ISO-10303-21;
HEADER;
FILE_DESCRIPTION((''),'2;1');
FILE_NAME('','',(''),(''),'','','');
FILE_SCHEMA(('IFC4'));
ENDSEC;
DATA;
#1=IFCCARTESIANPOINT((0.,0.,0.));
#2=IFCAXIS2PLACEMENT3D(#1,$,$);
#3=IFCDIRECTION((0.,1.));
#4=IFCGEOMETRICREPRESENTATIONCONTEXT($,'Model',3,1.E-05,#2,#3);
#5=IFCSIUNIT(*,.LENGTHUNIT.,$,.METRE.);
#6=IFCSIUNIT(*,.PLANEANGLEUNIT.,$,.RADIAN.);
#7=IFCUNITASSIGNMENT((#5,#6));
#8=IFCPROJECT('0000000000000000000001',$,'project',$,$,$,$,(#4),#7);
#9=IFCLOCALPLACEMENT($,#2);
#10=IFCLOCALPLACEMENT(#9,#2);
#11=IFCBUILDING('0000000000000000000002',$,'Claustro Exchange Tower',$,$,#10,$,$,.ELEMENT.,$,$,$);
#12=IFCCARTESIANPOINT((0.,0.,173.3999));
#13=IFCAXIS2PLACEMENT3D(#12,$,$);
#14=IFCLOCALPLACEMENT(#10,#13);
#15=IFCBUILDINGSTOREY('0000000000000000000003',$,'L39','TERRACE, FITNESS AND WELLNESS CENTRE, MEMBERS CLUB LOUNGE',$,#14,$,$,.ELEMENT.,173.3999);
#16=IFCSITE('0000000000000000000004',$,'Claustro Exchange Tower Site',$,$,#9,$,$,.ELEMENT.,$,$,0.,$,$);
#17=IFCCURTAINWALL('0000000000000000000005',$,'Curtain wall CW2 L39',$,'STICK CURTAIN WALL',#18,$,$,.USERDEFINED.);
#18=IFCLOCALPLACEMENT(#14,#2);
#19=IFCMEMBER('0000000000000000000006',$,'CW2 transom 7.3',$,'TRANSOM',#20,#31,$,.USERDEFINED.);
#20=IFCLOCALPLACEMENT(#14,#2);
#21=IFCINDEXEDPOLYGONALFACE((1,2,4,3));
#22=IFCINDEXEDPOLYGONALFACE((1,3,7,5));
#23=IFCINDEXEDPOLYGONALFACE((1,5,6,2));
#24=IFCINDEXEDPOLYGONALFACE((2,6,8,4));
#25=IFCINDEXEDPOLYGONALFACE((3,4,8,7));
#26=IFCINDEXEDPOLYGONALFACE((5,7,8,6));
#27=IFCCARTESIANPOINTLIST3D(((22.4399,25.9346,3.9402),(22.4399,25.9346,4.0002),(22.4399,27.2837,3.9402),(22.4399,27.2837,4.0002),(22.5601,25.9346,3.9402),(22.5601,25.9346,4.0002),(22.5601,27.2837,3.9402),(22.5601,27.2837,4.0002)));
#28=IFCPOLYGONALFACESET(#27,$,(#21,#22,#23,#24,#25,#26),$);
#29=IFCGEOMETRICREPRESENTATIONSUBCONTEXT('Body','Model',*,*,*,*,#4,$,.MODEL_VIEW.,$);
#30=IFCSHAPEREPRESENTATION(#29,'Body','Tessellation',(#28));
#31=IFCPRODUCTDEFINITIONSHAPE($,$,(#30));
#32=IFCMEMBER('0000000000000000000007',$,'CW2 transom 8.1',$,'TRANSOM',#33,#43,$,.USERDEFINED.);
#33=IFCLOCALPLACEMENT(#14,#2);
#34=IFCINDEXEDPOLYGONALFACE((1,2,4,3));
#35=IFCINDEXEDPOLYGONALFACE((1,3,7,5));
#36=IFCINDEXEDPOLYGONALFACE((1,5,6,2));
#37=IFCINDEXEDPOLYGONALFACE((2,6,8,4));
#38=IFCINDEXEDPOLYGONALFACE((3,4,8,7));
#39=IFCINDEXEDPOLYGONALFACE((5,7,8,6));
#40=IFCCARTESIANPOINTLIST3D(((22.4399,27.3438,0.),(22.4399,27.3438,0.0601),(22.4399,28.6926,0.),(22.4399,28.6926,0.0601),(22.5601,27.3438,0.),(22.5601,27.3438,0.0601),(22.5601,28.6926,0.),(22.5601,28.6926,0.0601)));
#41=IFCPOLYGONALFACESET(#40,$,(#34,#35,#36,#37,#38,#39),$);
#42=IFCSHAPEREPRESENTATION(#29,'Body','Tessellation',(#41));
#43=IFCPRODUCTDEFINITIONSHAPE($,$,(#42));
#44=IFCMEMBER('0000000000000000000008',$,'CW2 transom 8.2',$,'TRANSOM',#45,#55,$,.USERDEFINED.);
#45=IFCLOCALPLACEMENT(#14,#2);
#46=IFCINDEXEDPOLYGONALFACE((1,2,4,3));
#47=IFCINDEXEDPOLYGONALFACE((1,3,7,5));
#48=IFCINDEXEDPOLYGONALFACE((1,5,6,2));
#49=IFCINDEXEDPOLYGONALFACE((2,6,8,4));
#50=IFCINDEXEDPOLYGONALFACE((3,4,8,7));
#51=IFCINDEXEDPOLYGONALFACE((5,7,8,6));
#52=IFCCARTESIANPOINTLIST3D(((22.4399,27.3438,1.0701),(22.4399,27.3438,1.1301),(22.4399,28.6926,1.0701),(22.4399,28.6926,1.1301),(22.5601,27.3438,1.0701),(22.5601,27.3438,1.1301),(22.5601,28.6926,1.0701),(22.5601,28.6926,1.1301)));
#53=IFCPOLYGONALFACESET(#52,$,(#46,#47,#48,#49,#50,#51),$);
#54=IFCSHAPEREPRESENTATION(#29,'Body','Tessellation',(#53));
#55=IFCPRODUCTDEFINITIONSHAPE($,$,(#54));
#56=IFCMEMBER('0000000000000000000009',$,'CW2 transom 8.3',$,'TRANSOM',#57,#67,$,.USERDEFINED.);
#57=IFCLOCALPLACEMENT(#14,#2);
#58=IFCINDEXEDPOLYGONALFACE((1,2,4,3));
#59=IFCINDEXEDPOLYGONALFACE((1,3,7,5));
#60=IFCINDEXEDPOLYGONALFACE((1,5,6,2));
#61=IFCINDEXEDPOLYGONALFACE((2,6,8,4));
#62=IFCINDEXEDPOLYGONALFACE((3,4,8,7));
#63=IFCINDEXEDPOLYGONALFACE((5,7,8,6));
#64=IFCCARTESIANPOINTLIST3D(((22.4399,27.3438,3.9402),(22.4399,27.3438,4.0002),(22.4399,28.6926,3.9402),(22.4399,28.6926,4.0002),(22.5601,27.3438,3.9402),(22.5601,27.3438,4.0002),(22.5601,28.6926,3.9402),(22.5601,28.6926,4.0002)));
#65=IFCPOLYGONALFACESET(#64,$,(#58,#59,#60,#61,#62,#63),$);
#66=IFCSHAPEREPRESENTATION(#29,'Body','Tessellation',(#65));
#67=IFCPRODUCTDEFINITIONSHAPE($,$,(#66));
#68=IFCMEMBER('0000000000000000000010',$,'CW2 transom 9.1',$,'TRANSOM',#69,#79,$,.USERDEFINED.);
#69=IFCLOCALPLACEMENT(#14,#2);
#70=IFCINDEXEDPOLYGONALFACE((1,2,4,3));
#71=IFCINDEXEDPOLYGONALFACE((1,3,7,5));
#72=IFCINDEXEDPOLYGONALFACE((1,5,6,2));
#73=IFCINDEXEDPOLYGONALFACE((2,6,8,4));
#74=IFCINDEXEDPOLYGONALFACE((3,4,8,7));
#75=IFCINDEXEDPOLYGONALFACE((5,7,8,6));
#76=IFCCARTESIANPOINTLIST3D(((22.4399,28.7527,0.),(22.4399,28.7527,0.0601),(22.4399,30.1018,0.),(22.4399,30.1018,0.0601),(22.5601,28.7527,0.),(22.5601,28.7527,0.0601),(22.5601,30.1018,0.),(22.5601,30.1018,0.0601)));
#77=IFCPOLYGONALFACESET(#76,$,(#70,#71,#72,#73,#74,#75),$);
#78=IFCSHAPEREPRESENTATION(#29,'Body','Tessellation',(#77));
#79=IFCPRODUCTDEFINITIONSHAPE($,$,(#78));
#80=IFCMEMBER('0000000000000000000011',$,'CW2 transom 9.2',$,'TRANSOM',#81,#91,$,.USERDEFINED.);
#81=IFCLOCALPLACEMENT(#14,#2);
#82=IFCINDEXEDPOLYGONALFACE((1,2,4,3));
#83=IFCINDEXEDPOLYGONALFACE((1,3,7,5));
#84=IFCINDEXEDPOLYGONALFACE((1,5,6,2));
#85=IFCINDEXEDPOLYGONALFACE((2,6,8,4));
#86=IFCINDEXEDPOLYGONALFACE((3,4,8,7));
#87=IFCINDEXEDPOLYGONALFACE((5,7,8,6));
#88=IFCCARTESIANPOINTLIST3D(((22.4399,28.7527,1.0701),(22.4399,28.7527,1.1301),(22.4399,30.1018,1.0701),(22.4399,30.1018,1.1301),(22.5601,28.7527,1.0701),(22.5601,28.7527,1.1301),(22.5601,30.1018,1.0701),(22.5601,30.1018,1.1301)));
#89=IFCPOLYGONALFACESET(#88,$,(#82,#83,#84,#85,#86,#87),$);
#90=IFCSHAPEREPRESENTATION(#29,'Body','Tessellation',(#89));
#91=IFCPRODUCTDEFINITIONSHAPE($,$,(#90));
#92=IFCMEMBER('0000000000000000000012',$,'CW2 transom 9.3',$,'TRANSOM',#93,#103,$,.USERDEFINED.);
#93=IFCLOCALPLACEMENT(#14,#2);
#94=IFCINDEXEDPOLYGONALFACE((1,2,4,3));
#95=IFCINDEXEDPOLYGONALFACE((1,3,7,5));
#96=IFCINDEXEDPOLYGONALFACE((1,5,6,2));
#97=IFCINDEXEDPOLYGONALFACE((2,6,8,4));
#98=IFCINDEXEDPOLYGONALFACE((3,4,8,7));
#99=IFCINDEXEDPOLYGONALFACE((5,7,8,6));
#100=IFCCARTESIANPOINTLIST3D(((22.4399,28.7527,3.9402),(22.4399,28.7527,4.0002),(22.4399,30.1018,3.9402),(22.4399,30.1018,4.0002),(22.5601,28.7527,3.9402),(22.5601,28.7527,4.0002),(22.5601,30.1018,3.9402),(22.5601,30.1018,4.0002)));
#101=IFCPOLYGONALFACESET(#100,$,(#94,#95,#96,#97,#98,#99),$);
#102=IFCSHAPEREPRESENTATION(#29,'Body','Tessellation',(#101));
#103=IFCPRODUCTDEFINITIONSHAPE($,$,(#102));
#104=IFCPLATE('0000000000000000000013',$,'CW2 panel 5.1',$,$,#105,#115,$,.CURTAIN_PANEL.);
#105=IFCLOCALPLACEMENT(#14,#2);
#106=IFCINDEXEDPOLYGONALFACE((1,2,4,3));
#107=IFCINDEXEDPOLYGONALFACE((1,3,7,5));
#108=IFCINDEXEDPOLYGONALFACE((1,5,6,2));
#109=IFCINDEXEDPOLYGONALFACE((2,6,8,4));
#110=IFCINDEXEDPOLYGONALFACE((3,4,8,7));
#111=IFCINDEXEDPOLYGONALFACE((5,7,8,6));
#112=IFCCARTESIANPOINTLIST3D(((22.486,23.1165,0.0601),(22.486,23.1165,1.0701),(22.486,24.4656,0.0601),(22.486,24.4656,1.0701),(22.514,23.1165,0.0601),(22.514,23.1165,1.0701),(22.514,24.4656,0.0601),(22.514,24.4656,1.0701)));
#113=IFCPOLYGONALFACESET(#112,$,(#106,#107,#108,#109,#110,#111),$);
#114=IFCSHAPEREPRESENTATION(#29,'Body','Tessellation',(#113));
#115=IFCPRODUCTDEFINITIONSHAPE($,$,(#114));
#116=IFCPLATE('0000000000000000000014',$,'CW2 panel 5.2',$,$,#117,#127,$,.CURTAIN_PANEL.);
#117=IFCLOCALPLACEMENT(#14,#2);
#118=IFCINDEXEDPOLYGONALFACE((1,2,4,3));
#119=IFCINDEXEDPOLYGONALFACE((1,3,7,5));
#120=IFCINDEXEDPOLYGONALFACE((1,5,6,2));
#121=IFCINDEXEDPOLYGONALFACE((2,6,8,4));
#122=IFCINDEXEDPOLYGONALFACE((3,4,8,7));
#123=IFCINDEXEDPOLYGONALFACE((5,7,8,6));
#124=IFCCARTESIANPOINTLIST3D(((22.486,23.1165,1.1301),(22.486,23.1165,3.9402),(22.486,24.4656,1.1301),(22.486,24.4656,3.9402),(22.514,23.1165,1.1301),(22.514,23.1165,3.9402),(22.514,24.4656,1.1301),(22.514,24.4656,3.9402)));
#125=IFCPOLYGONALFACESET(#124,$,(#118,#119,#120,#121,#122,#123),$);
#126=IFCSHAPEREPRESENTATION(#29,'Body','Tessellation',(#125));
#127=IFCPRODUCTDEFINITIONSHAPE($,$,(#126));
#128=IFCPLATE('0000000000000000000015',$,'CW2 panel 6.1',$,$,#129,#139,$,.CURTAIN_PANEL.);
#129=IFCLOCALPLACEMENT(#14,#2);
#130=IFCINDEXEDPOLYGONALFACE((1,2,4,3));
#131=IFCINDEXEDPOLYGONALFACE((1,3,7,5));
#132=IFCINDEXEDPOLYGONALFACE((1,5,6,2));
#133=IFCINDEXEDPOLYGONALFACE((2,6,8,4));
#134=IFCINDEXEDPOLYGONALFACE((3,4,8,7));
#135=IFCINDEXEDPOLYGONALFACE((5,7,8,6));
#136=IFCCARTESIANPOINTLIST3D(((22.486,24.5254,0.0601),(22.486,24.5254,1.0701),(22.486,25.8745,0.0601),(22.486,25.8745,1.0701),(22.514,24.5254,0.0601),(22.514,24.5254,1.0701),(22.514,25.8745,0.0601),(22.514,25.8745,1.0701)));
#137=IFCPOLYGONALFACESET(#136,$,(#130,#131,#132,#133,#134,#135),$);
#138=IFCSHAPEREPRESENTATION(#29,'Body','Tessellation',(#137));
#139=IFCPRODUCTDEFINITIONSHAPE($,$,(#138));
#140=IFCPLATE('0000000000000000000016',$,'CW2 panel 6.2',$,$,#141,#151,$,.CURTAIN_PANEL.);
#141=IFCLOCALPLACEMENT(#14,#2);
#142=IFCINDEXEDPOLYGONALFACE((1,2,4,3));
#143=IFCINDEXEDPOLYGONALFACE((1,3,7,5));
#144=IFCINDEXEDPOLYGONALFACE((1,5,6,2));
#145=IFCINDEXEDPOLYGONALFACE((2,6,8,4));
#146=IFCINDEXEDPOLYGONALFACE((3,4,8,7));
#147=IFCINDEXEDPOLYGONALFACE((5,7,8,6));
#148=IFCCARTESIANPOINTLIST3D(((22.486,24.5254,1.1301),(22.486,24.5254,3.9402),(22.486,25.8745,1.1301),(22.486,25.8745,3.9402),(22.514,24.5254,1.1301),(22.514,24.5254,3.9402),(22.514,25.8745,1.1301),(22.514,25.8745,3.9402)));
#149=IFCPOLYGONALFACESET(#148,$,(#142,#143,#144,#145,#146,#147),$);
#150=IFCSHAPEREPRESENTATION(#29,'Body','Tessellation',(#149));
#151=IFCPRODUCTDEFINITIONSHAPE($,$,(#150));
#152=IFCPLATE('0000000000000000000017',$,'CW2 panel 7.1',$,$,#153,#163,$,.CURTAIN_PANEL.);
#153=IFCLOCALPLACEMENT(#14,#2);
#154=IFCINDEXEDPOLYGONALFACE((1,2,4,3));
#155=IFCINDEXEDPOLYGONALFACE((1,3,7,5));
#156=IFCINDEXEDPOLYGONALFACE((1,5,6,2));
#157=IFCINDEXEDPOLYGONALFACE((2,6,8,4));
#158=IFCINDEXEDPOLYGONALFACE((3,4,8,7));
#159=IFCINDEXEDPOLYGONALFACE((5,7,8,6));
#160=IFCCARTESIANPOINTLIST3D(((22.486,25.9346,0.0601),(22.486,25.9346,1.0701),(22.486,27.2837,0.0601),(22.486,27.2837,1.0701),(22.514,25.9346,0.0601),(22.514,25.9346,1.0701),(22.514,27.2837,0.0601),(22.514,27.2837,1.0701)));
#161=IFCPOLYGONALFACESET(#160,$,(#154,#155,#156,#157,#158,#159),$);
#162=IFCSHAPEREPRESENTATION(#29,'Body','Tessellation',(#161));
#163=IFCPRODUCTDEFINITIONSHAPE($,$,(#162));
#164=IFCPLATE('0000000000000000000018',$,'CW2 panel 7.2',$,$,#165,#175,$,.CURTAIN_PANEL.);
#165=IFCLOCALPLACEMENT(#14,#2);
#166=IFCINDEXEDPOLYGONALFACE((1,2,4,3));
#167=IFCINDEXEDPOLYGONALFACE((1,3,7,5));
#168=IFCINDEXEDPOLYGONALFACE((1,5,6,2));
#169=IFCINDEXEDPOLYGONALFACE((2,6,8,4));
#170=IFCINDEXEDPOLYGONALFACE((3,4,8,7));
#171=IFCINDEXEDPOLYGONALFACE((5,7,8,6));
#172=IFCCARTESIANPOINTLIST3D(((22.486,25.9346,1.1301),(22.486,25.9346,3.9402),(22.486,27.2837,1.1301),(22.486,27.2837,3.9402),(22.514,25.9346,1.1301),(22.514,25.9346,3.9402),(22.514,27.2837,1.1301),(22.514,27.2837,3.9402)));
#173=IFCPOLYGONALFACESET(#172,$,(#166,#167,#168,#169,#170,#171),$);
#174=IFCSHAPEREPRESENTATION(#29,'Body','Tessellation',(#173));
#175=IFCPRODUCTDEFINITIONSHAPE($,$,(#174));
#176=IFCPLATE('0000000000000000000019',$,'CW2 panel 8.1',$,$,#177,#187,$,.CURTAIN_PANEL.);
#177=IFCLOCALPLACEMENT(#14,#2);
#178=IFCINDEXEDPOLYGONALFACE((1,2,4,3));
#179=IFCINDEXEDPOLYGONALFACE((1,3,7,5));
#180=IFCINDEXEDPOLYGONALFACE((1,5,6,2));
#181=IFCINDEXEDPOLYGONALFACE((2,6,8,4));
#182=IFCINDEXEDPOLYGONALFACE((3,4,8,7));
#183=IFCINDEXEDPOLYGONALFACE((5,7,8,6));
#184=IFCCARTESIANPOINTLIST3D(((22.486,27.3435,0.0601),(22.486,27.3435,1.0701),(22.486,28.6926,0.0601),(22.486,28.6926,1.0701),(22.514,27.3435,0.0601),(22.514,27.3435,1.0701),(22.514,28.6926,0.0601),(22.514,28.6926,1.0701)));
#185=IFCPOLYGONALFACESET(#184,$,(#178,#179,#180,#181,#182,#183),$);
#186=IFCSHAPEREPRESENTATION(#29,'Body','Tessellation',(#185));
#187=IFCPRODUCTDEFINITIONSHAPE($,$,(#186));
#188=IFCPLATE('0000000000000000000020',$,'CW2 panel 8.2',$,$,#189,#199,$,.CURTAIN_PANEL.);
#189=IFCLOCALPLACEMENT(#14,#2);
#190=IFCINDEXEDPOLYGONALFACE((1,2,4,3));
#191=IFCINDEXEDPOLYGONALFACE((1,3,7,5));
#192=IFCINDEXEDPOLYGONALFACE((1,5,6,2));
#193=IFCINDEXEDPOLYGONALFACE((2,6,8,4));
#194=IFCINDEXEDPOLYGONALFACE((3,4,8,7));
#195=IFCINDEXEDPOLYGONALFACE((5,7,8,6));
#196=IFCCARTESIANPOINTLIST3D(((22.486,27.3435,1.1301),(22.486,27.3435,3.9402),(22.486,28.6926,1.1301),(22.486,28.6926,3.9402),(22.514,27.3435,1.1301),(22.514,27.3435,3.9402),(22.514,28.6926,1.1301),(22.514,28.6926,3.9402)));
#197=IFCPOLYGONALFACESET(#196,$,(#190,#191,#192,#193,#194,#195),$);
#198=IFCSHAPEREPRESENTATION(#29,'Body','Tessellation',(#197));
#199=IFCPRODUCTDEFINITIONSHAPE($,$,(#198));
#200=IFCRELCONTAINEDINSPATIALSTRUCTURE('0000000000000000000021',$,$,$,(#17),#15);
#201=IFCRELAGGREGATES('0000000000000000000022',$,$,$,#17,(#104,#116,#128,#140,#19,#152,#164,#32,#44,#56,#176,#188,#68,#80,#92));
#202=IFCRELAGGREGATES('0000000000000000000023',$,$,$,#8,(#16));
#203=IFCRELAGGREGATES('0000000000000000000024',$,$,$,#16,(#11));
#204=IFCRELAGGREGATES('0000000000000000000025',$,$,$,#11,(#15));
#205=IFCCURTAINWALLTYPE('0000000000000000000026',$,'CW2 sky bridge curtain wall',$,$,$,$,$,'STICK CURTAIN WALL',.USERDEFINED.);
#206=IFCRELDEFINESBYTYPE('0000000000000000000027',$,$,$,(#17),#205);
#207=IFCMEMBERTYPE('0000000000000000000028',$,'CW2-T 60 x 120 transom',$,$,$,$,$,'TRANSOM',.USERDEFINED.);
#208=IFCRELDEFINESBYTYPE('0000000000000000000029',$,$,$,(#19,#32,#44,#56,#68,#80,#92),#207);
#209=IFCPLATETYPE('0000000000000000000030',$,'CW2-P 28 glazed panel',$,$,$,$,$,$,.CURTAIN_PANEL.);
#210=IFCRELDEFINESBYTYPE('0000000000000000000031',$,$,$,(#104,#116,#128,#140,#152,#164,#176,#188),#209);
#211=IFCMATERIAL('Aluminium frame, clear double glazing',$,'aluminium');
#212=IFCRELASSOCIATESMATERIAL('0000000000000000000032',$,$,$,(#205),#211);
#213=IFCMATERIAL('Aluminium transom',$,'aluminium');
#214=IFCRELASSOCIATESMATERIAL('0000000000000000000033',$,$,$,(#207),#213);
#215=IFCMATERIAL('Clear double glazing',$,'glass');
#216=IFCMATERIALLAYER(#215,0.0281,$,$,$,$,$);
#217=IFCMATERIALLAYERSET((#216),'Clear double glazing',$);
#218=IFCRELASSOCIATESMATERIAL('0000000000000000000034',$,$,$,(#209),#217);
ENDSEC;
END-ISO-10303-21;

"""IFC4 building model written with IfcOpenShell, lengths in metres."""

from ifc_helpers import new_model, si_unit, direction, frame, origin, origin_2d, place, context, subcontext, project, spatial, rectangle, extrude, material, layer, layer_set, material_profile, profile_set, type_object, element, aggregate, save


model = new_model("IFC4")

# Units and contexts
model_context = context("Model", 3, precision=1e-05, world=origin(), true_north=direction((0.0, 1.0)))
body_context = subcontext(model_context, "Body", "Model", "MODEL_VIEW")
ifc_project = project(units=[si_unit("LENGTHUNIT", "METRE"), si_unit("PLANEANGLEUNIT", "RADIAN")], contexts=[model_context])

# Site, building, storey
site_placement = place(None, origin())
site = spatial("IfcSite", under=ifc_project, at=site_placement, Name="Claustro Exchange Tower Site", CompositionType="ELEMENT", RefElevation=0.0)
building_placement = place(site_placement, origin())
building = spatial("IfcBuilding", under=site, at=building_placement, Name="Claustro Exchange Tower", CompositionType="ELEMENT")
storey_placement = place(building_placement, frame((0.0, 0.0, 173.3999)))
storey = spatial("IfcBuildingStorey", under=building, at=storey_placement, Name="L39", Description="TERRACE, FITNESS AND WELLNESS CENTRE, MEMBERS CLUB LOUNGE", CompositionType="ELEMENT", Elevation=173.3999)

# Curtain wall, members, plates
ifc_material_1 = material(Name="Aluminium frame, clear double glazing", Category="aluminium")
curtain_wall_type = type_object("IfcCurtainWallType", Name="CW2 sky bridge curtain wall", ElementType="STICK CURTAIN WALL", PredefinedType="USERDEFINED", material=ifc_material_1)
curtain_wall_placement = place(storey_placement, origin())
curtain_wall = element("IfcCurtainWall", 1, at=curtain_wall_placement, inside=storey, type_object=curtain_wall_type, Name="Curtain wall CW2 L39", ObjectType="STICK CURTAIN WALL", PredefinedType="USERDEFINED")
ifc_material_2 = material(Name="Aluminium transom", Category="aluminium")
ifc_material_profile_1 = material_profile(ifc_material_2, rectangle(XDim=0.1201, YDim=0.0601, at=origin_2d()), Name="CW2-T 60x120")
ifc_profile_set_1 = profile_set([ifc_material_profile_1], Name="Aluminium transom")
member_type_1 = type_object("IfcMemberType", Name="CW2-T 60 x 120 transom", ElementType="TRANSOM", PredefinedType="USERDEFINED", material=ifc_profile_set_1)
member_1_placement = place(storey_placement, frame((22.5, 25.9346, 3.9702), z_axis=(0.0, 1.0, 0.0), x_axis=(-1.0, 0.0, 0.0)))
member_1 = element("IfcMember", 2, at=member_1_placement, type_object=member_type_1, Name="CW2 transom 7.3", ObjectType="TRANSOM", PredefinedType="USERDEFINED", context=body_context, shape_type="SweptSolid", body=[
    extrude(rectangle(XDim=0.1201, YDim=0.0601, at=origin_2d()), origin(), (0.0, 0.0, 1.0), 1.3491),
])
member_2_placement = place(storey_placement, frame((22.5, 27.3438, 0.03), z_axis=(0.0, 1.0, 0.0), x_axis=(-1.0, 0.0, 0.0)))
member_2 = element("IfcMember", 3, at=member_2_placement, type_object=member_type_1, Name="CW2 transom 8.1", ObjectType="TRANSOM", PredefinedType="USERDEFINED", context=body_context, shape_type="SweptSolid", body=[
    extrude(rectangle(XDim=0.1201, YDim=0.0601, at=origin_2d()), origin(), (0.0, 0.0, 1.0), 1.3489),
])
member_3_placement = place(storey_placement, frame((22.5, 27.3438, 1.1001), z_axis=(0.0, 1.0, 0.0), x_axis=(-1.0, 0.0, 0.0)))
member_3 = element("IfcMember", 4, at=member_3_placement, type_object=member_type_1, Name="CW2 transom 8.2", ObjectType="TRANSOM", PredefinedType="USERDEFINED", context=body_context, shape_type="SweptSolid", body=[
    extrude(rectangle(XDim=0.1201, YDim=0.0601, at=origin_2d()), origin(), (0.0, 0.0, 1.0), 1.3489),
])
member_4_placement = place(storey_placement, frame((22.5, 27.3438, 3.9702), z_axis=(0.0, 1.0, 0.0), x_axis=(-1.0, 0.0, 0.0)))
member_4 = element("IfcMember", 5, at=member_4_placement, type_object=member_type_1, Name="CW2 transom 8.3", ObjectType="TRANSOM", PredefinedType="USERDEFINED", context=body_context, shape_type="SweptSolid", body=[
    extrude(rectangle(XDim=0.1201, YDim=0.0601, at=origin_2d()), origin(), (0.0, 0.0, 1.0), 1.3489),
])
member_5_placement = place(storey_placement, frame((22.5, 28.7527, 0.03), z_axis=(0.0, 1.0, 0.0), x_axis=(-1.0, 0.0, 0.0)))
member_5 = element("IfcMember", 6, at=member_5_placement, type_object=member_type_1, Name="CW2 transom 9.1", ObjectType="TRANSOM", PredefinedType="USERDEFINED", context=body_context, shape_type="SweptSolid", body=[
    extrude(rectangle(XDim=0.1201, YDim=0.0601, at=origin_2d()), origin(), (0.0, 0.0, 1.0), 1.3491),
])
member_6_placement = place(storey_placement, frame((22.5, 28.7527, 1.1001), z_axis=(0.0, 1.0, 0.0), x_axis=(-1.0, 0.0, 0.0)))
member_6 = element("IfcMember", 7, at=member_6_placement, type_object=member_type_1, Name="CW2 transom 9.2", ObjectType="TRANSOM", PredefinedType="USERDEFINED", context=body_context, shape_type="SweptSolid", body=[
    extrude(rectangle(XDim=0.1201, YDim=0.0601, at=origin_2d()), origin(), (0.0, 0.0, 1.0), 1.3491),
])
member_7_placement = place(storey_placement, frame((22.5, 28.7527, 3.9702), z_axis=(0.0, 1.0, 0.0), x_axis=(-1.0, 0.0, 0.0)))
member_7 = element("IfcMember", 8, at=member_7_placement, type_object=member_type_1, Name="CW2 transom 9.3", ObjectType="TRANSOM", PredefinedType="USERDEFINED", context=body_context, shape_type="SweptSolid", body=[
    extrude(rectangle(XDim=0.1201, YDim=0.0601, at=origin_2d()), origin(), (0.0, 0.0, 1.0), 1.3491),
])
ifc_material_3 = material(Name="Clear double glazing", Category="glass")
ifc_layer = layer(ifc_material_3, 0.0281)
ifc_layer_set = layer_set([ifc_layer], Name="Clear double glazing")
plate_type = type_object("IfcPlateType", Name="CW2-P 28 glazed panel", PredefinedType="CURTAIN_PANEL", material=ifc_layer_set)
plate_1_placement = place(storey_placement, frame((22.5, 23.791, 0.0601), z_axis=(0.0, 0.0, 1.0), x_axis=(0.0, 1.0, 0.0)))
plate_1 = element("IfcPlate", 9, at=plate_1_placement, type_object=plate_type, Name="CW2 panel 5.1", PredefinedType="CURTAIN_PANEL", context=body_context, shape_type="SweptSolid", body=[
    extrude(rectangle(XDim=1.3491, YDim=0.0281, at=origin_2d()), origin(), (0.0, 0.0, 1.0), 1.01),
])
plate_2_placement = place(storey_placement, frame((22.5, 23.791, 1.1301), z_axis=(0.0, 0.0, 1.0), x_axis=(0.0, 1.0, 0.0)))
plate_2 = element("IfcPlate", 10, at=plate_2_placement, type_object=plate_type, Name="CW2 panel 5.2", PredefinedType="CURTAIN_PANEL", context=body_context, shape_type="SweptSolid", body=[
    extrude(rectangle(XDim=1.3491, YDim=0.0281, at=origin_2d()), origin(), (0.0, 0.0, 1.0), 2.8101),
])
plate_3_placement = place(storey_placement, frame((22.5, 25.2, 0.0601), z_axis=(0.0, 0.0, 1.0), x_axis=(0.0, 1.0, 0.0)))
plate_3 = element("IfcPlate", 11, at=plate_3_placement, type_object=plate_type, Name="CW2 panel 6.1", PredefinedType="CURTAIN_PANEL", context=body_context, shape_type="SweptSolid", body=[
    extrude(rectangle(XDim=1.3491, YDim=0.0281, at=origin_2d()), origin(), (0.0, 0.0, 1.0), 1.01),
])
plate_4_placement = place(storey_placement, frame((22.5, 25.2, 1.1301), z_axis=(0.0, 0.0, 1.0), x_axis=(0.0, 1.0, 0.0)))
plate_4 = element("IfcPlate", 12, at=plate_4_placement, type_object=plate_type, Name="CW2 panel 6.2", PredefinedType="CURTAIN_PANEL", context=body_context, shape_type="SweptSolid", body=[
    extrude(rectangle(XDim=1.3491, YDim=0.0281, at=origin_2d()), origin(), (0.0, 0.0, 1.0), 2.8101),
])
plate_5_placement = place(storey_placement, frame((22.5, 26.6091, 0.0601), z_axis=(0.0, 0.0, 1.0), x_axis=(0.0, 1.0, 0.0)))
plate_5 = element("IfcPlate", 13, at=plate_5_placement, type_object=plate_type, Name="CW2 panel 7.1", PredefinedType="CURTAIN_PANEL", context=body_context, shape_type="SweptSolid", body=[
    extrude(rectangle(XDim=1.3491, YDim=0.0281, at=origin_2d()), origin(), (0.0, 0.0, 1.0), 1.01),
])
plate_6_placement = place(storey_placement, frame((22.5, 26.6091, 1.1301), z_axis=(0.0, 0.0, 1.0), x_axis=(0.0, 1.0, 0.0)))
plate_6 = element("IfcPlate", 14, at=plate_6_placement, type_object=plate_type, Name="CW2 panel 7.2", PredefinedType="CURTAIN_PANEL", context=body_context, shape_type="SweptSolid", body=[
    extrude(rectangle(XDim=1.3491, YDim=0.0281, at=origin_2d()), origin(), (0.0, 0.0, 1.0), 2.8101),
])
plate_7_placement = place(storey_placement, frame((22.5, 28.0181, 0.0601), z_axis=(0.0, 0.0, 1.0), x_axis=(0.0, 1.0, 0.0)))
plate_7 = element("IfcPlate", 15, at=plate_7_placement, type_object=plate_type, Name="CW2 panel 8.1", PredefinedType="CURTAIN_PANEL", context=body_context, shape_type="SweptSolid", body=[
    extrude(rectangle(XDim=1.3491, YDim=0.0281, at=origin_2d()), origin(), (0.0, 0.0, 1.0), 1.01),
])
plate_8_placement = place(storey_placement, frame((22.5, 28.0181, 1.1301), z_axis=(0.0, 0.0, 1.0), x_axis=(0.0, 1.0, 0.0)))
plate_8 = element("IfcPlate", 16, at=plate_8_placement, type_object=plate_type, Name="CW2 panel 8.2", PredefinedType="CURTAIN_PANEL", context=body_context, shape_type="SweptSolid", body=[
    extrude(rectangle(XDim=1.3491, YDim=0.0281, at=origin_2d()), origin(), (0.0, 0.0, 1.0), 2.8101),
])
aggregate(curtain_wall, [plate_1, plate_2, plate_3, plate_4, member_1, plate_5, plate_6, member_2, member_3, member_4, plate_7, plate_8, member_5, member_6, member_7])

save(model, "model.ifc")
